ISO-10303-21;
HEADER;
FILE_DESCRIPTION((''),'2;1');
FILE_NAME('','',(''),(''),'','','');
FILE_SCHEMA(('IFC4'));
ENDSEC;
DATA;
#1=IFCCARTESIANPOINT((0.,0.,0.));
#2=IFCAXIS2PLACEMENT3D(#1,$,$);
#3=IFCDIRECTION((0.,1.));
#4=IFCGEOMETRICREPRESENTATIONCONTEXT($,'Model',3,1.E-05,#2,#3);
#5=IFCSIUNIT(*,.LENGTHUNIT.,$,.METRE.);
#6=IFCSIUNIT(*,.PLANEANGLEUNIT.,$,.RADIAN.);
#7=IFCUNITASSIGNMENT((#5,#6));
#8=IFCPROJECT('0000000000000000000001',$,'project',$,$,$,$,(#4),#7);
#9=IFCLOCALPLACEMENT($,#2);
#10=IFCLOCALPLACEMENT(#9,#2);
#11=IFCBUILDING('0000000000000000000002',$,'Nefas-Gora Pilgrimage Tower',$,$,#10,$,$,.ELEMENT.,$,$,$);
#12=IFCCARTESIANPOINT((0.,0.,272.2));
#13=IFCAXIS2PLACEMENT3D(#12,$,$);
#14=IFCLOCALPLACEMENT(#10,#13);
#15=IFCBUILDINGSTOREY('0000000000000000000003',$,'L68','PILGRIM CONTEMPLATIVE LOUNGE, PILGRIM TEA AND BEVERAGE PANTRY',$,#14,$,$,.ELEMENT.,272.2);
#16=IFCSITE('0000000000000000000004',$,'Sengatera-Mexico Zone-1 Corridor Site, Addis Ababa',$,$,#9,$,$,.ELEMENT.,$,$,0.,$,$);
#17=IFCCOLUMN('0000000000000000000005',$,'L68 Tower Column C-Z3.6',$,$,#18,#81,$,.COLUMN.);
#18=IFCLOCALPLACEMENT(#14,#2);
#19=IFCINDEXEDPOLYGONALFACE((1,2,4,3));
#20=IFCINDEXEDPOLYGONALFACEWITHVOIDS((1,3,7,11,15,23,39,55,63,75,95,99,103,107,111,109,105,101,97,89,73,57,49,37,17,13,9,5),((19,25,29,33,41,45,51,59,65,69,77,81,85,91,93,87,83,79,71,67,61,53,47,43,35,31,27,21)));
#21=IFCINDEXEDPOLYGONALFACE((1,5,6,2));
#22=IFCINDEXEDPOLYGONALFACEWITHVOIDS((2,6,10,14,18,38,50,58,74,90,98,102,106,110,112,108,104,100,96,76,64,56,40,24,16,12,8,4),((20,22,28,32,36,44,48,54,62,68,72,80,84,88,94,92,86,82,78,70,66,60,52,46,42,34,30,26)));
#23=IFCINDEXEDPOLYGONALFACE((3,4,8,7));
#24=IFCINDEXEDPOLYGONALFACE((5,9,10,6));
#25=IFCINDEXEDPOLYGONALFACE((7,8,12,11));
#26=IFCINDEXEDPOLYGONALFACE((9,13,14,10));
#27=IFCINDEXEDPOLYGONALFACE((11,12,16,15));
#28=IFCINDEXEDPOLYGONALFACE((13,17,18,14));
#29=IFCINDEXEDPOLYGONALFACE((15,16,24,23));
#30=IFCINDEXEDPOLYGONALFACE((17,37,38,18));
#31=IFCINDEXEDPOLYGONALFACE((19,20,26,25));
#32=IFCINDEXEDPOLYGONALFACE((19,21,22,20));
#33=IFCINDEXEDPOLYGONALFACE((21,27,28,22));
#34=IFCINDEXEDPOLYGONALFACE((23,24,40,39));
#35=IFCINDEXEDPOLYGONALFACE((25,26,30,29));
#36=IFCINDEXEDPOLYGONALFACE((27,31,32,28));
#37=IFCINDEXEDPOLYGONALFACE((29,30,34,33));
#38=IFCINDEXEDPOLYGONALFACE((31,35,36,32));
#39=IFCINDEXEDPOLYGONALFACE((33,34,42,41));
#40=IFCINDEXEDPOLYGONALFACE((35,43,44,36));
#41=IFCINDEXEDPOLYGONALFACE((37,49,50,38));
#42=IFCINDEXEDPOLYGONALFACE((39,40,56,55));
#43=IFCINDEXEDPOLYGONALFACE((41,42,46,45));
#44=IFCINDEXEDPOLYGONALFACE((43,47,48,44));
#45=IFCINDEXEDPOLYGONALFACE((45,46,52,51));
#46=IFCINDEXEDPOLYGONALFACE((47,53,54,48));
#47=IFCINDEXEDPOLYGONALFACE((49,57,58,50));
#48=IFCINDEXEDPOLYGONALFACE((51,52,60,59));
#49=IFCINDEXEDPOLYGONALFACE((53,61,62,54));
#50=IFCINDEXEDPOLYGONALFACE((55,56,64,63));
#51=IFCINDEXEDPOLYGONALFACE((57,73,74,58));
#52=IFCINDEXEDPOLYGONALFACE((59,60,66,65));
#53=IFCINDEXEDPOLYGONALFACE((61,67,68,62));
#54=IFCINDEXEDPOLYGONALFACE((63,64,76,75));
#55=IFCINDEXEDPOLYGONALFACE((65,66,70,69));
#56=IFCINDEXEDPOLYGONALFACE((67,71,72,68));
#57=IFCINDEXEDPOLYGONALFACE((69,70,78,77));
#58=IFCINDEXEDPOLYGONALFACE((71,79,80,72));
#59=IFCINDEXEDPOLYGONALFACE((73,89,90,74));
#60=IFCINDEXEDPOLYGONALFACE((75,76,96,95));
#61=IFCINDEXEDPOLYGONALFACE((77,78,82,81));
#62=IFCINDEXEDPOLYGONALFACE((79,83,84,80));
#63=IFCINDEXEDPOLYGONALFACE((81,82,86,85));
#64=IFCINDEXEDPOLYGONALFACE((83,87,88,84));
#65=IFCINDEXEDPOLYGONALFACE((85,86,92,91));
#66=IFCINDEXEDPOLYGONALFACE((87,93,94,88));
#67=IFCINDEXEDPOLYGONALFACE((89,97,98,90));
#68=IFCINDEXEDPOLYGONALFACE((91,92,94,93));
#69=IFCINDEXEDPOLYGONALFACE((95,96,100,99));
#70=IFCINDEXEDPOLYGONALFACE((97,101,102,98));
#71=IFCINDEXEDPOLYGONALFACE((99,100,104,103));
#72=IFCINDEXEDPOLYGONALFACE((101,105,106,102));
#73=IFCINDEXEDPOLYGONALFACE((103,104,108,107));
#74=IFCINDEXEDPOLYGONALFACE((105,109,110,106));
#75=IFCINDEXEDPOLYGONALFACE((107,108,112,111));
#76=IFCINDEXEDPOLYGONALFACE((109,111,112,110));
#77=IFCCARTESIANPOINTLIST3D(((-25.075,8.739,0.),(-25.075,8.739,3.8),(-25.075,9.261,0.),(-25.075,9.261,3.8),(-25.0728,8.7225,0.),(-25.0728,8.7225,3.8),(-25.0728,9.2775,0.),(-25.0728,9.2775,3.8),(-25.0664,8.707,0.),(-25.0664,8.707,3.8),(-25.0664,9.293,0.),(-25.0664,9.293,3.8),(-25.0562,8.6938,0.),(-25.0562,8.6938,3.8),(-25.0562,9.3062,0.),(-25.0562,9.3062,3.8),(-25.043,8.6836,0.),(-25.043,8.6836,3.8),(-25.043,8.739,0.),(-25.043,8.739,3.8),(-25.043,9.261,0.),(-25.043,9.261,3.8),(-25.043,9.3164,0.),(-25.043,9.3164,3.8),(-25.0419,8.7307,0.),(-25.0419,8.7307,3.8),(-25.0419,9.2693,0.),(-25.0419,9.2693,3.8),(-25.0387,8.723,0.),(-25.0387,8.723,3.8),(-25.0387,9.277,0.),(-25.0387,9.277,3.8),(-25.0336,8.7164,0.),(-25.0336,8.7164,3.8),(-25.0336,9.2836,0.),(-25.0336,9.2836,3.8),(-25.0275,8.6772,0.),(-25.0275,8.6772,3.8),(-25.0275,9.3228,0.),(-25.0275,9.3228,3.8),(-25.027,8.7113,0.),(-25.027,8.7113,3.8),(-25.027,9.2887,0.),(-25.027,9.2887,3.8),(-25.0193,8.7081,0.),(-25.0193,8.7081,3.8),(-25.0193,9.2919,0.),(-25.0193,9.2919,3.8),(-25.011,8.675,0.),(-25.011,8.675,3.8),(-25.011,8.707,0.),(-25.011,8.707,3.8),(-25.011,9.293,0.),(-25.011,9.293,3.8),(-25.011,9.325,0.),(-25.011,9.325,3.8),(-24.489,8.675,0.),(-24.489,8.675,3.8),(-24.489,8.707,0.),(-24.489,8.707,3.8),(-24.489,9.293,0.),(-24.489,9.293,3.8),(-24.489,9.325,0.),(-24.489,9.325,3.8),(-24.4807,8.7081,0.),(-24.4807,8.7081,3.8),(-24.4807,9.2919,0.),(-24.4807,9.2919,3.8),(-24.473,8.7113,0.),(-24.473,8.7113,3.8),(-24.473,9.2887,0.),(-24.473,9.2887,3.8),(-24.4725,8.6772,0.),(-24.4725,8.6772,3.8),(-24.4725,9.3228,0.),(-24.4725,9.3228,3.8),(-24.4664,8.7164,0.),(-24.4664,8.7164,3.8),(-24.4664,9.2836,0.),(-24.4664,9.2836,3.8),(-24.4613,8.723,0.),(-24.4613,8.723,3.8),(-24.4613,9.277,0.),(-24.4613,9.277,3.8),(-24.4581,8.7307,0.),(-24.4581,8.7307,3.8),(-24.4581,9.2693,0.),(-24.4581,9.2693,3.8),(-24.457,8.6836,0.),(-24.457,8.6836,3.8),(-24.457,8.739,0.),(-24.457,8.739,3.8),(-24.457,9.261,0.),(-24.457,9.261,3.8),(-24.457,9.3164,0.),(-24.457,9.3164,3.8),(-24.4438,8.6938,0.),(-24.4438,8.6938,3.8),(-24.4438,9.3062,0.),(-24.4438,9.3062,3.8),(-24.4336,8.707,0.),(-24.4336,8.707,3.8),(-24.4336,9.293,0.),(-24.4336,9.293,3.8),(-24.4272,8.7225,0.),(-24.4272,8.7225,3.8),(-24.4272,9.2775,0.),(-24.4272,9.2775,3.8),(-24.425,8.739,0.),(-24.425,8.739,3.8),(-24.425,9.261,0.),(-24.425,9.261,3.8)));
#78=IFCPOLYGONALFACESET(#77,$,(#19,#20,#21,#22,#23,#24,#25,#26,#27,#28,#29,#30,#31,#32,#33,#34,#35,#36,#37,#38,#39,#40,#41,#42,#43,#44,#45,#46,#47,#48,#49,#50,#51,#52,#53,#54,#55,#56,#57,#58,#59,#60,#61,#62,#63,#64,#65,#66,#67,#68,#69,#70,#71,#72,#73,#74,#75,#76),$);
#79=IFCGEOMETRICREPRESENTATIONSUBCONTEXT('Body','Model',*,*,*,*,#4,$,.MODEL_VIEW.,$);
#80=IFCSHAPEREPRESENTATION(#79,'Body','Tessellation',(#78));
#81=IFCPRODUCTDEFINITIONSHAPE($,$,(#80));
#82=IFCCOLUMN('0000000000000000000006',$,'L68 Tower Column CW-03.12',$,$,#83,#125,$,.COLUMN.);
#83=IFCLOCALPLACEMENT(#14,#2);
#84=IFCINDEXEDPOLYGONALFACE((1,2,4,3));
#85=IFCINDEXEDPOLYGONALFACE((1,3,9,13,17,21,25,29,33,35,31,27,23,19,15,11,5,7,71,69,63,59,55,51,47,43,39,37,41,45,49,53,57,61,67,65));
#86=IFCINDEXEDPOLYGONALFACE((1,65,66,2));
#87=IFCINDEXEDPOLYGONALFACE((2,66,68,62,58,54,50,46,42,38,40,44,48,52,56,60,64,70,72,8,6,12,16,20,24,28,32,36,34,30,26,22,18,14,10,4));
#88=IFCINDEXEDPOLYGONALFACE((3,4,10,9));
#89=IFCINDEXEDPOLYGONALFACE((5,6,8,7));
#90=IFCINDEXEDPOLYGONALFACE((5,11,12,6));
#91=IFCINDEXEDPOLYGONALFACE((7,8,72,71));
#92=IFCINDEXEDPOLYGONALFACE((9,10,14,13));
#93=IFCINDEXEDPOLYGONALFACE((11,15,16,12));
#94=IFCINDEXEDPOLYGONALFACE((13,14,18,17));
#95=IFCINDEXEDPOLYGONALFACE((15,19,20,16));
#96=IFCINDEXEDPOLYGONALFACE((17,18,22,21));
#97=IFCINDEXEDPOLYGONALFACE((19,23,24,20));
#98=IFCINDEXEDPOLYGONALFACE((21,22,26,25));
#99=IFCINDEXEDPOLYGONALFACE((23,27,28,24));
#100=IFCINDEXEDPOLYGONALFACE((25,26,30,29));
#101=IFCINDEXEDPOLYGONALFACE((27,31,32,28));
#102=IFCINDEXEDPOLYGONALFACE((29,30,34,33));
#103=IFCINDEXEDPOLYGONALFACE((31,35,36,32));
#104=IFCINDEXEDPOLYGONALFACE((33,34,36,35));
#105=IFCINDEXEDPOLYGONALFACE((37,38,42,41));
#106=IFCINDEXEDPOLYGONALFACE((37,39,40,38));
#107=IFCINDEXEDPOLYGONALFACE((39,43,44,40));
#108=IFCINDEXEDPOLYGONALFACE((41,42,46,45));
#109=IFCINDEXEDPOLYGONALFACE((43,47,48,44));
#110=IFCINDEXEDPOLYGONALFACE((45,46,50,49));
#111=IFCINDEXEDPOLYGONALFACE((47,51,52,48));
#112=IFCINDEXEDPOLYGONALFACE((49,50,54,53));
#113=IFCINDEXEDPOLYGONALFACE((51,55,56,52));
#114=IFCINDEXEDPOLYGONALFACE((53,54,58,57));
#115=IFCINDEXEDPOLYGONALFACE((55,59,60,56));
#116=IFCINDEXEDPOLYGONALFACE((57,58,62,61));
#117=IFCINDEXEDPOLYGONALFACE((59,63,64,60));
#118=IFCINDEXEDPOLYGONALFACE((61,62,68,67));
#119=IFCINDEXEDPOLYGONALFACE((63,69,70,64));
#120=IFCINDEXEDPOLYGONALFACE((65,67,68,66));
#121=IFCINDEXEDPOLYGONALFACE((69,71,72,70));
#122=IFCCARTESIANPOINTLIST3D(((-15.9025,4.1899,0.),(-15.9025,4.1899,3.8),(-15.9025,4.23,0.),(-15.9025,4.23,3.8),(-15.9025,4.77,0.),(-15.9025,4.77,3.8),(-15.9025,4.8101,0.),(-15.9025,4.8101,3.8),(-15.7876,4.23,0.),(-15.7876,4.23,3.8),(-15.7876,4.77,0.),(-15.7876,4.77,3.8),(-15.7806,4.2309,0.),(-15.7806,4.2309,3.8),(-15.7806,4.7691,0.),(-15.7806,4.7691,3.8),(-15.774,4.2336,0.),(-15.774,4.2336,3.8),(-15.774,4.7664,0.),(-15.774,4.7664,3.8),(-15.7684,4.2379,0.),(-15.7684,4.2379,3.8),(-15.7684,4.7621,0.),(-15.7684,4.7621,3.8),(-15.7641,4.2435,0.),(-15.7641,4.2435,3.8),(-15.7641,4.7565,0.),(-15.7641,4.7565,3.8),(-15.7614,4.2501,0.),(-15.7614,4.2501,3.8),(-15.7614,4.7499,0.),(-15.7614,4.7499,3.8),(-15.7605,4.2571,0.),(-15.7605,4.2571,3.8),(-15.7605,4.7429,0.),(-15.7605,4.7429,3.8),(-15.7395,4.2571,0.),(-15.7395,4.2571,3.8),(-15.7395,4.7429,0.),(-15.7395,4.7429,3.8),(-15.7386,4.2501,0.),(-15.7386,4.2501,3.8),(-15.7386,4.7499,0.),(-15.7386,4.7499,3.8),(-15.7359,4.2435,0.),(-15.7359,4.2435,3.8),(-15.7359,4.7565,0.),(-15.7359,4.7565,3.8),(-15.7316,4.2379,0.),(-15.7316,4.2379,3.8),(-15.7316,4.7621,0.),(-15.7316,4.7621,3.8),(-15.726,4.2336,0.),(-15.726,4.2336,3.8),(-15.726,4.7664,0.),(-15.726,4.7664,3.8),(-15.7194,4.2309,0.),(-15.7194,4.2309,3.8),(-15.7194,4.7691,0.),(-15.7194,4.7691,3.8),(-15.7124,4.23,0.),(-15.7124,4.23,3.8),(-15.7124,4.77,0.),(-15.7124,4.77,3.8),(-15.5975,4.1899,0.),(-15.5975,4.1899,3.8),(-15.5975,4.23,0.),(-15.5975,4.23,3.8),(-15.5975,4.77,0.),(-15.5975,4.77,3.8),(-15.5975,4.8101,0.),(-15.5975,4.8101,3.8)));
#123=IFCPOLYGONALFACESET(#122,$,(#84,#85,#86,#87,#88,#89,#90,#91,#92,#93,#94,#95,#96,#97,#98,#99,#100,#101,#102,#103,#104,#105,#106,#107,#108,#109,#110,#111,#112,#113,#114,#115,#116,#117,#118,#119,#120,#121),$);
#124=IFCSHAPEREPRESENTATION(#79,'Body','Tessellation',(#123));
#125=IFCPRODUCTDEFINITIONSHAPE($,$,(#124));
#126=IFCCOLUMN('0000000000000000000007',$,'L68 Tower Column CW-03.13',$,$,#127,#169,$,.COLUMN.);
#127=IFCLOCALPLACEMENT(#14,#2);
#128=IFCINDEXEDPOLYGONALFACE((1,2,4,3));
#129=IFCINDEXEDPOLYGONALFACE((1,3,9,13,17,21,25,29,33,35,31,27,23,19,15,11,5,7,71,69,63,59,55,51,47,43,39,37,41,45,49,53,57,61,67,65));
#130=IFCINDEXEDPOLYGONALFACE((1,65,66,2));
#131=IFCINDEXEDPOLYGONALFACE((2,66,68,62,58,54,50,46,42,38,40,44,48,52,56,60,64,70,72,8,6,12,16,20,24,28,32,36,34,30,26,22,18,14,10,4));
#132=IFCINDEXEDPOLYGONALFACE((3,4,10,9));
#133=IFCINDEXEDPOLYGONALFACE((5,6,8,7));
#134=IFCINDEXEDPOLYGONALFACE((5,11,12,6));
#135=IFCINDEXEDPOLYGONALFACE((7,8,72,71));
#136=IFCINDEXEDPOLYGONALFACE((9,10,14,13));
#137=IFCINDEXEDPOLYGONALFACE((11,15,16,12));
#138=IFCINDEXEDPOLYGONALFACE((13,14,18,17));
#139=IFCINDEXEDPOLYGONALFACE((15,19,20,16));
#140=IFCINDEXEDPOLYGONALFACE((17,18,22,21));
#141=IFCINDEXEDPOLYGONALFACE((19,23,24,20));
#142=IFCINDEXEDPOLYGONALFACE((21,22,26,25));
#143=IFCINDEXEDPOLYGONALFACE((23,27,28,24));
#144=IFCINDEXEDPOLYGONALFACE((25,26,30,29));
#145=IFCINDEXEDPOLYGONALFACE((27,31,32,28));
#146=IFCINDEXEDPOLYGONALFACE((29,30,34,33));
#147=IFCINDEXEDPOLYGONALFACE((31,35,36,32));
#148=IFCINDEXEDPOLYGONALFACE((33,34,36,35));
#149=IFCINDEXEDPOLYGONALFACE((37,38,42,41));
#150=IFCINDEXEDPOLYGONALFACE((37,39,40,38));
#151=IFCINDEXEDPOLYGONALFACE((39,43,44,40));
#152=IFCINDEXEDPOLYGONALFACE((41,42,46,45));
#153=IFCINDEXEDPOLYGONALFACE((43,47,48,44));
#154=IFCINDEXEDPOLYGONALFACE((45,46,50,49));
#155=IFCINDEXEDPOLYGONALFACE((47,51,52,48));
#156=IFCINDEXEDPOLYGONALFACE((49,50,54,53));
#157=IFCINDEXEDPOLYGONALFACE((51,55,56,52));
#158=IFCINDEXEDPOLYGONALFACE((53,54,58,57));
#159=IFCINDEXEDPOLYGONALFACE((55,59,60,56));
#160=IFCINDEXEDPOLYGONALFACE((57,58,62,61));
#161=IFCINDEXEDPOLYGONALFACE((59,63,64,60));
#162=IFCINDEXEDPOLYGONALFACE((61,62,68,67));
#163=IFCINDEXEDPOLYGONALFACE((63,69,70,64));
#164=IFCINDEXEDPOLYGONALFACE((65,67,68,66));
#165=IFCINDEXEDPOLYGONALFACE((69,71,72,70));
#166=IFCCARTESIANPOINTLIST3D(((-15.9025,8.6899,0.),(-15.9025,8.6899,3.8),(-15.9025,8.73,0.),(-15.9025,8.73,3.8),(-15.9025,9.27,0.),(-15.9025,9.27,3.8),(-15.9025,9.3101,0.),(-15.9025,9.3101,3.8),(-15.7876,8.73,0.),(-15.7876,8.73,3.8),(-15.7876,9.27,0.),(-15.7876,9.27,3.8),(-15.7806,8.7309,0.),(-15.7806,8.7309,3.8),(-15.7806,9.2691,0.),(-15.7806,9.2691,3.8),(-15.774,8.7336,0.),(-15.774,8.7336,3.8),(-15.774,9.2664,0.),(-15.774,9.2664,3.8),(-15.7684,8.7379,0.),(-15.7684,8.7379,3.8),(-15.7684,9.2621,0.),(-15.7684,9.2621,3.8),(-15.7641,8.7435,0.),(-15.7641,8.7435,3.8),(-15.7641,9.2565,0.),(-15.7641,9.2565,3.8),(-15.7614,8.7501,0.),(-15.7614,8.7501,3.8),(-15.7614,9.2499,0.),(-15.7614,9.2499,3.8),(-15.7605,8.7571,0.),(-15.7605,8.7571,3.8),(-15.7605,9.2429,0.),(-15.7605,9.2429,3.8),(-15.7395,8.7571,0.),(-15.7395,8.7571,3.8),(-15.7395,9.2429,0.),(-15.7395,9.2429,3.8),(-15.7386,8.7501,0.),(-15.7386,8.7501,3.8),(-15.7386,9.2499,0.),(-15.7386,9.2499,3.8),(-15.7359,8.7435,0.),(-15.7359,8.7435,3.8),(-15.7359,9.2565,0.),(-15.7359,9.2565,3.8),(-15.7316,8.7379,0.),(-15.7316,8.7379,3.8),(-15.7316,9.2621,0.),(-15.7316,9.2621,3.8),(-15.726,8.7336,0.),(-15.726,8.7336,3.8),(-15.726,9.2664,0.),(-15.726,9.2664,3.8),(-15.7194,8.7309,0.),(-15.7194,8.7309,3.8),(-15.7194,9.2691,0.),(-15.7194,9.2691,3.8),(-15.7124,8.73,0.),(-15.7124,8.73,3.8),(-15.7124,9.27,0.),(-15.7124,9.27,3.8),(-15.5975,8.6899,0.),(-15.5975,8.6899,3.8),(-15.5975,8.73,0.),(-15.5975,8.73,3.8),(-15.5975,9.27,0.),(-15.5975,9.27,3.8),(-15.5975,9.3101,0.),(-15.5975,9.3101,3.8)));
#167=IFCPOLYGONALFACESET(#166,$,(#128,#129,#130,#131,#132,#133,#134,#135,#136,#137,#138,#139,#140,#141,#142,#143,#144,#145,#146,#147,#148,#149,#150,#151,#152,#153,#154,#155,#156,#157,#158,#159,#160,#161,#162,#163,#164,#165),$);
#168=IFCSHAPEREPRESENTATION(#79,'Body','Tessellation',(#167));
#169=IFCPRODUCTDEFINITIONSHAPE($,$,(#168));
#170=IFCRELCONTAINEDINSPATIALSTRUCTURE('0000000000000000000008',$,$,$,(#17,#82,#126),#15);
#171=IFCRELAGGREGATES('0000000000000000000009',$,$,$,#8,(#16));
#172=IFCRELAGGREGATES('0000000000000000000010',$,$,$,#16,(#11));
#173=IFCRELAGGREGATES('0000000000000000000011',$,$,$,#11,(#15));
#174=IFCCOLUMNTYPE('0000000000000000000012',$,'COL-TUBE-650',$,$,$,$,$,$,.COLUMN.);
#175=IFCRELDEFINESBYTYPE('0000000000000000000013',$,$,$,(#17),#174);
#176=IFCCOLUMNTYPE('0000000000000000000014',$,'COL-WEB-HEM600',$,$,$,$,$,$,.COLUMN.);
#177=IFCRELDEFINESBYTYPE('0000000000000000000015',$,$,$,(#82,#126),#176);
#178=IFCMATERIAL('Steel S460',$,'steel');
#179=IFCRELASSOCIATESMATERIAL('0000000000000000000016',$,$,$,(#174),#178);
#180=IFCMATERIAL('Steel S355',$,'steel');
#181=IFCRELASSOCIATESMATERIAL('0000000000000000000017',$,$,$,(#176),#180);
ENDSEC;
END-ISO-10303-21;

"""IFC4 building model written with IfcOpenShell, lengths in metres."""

from ifc_helpers import new_model, si_unit, direction, frame, origin, origin_2d, place, context, subcontext, project, spatial, hollow_rectangle, i_section, extrude, source, transform, mapped, material, material_profile, profile_set, type_object, element, save


model = new_model("IFC4")

# Units and contexts
model_context = context("Model", 3, precision=1e-05, world=origin(), true_north=direction((0.0, 1.0)))
body_context = subcontext(model_context, "Body", "Model", "MODEL_VIEW")
ifc_project = project(units=[si_unit("LENGTHUNIT", "METRE"), si_unit("PLANEANGLEUNIT", "RADIAN")], contexts=[model_context])

# Site, building, storey
site_placement = place(None, origin())
site = spatial("IfcSite", under=ifc_project, at=site_placement, Name="Sengatera-Mexico Zone-1 Corridor Site, Addis Ababa", CompositionType="ELEMENT", RefElevation=0.0)
building_placement = place(site_placement, origin())
building = spatial("IfcBuilding", under=site, at=building_placement, Name="Nefas-Gora Pilgrimage Tower", CompositionType="ELEMENT")
storey_placement = place(building_placement, frame((0.0, 0.0, 272.2)))
storey = spatial("IfcBuildingStorey", under=building, at=storey_placement, Name="L68", Description="PILGRIM CONTEMPLATIVE LOUNGE, PILGRIM TEA AND BEVERAGE PANTRY", CompositionType="ELEMENT", Elevation=272.2)

# Columns
ifc_material_1 = material(Name="Steel S460", Category="steel")
ifc_material_profile_1 = material_profile(ifc_material_1, hollow_rectangle(XDim=0.6499, YDim=0.6499, WallThickness=0.032, InnerFilletRadius=0.032, OuterFilletRadius=0.064, at=origin_2d()), Name="BOX 650x650x32")
ifc_profile_set_1 = profile_set([ifc_material_profile_1], Name="Steel S460")
column_type_1 = type_object("IfcColumnType", Name="COL-TUBE-650", PredefinedType="COLUMN", material=ifc_profile_set_1)
shared_shape_1 = source(origin(), body_context, "Body", "SweptSolid", [
    extrude(hollow_rectangle(XDim=0.6499, YDim=0.6499, WallThickness=0.032, InnerFilletRadius=0.032, OuterFilletRadius=0.064, at=origin_2d()), origin(), (0.0, 0.0, 1.0), 3.8),
])
for number, where, z_axis, x_axis, name in (
    (1, (-24.75, 9.0, 0.0), (0.0, 0.0, 1.0), (1.0, 0.0, 0.0), "L68 Tower Column C-Z3.6"),
):
    element("IfcColumn", number, at=place(storey_placement, frame(where, z_axis=z_axis, x_axis=x_axis)), inside=storey, type_object=column_type_1, Name=name, PredefinedType="COLUMN", context=body_context, shape_type="MappedRepresentation", body=[
        mapped(shared_shape_1, transform((0.0, 0.0, 0.0), x_axis=(1.0, 0.0, 0.0), y_axis=(0.0, 1.0, 0.0), z_axis=(0.0, 0.0, 1.0), scale=1.0)),
    ])
ifc_material_2 = material(Name="Steel S355", Category="steel")
ifc_material_profile_2 = material_profile(ifc_material_2, i_section(OverallWidth=0.3049, OverallDepth=0.6201, WebThickness=0.021, FlangeThickness=0.04, FilletRadius=0.0271, at=origin_2d()), Name="HEM 600")
ifc_profile_set_2 = profile_set([ifc_material_profile_2], Name="Steel S355")
column_type_2 = type_object("IfcColumnType", Name="COL-WEB-HEM600", PredefinedType="COLUMN", material=ifc_profile_set_2)
shared_shape_2 = source(origin(), body_context, "Body", "SweptSolid", [
    extrude(i_section(OverallWidth=0.3049, OverallDepth=0.6201, WebThickness=0.021, FlangeThickness=0.04, FilletRadius=0.0271, at=origin_2d()), origin(), (0.0, 0.0, 1.0), 3.8),
])
for number, where, z_axis, x_axis, name in (
    (2, (-15.75, 4.5, 0.0), (0.0, 0.0, 1.0), (1.0, 0.0, 0.0), "L68 Tower Column CW-03.12"),
    (3, (-15.75, 9.0, 0.0), (0.0, 0.0, 1.0), (1.0, 0.0, 0.0), "L68 Tower Column CW-03.13"),
):
    element("IfcColumn", number, at=place(storey_placement, frame(where, z_axis=z_axis, x_axis=x_axis)), inside=storey, type_object=column_type_2, Name=name, PredefinedType="COLUMN", context=body_context, shape_type="MappedRepresentation", body=[
        mapped(shared_shape_2, transform((0.0, 0.0, 0.0), x_axis=(1.0, 0.0, 0.0), y_axis=(0.0, 1.0, 0.0), z_axis=(0.0, 0.0, 1.0), scale=1.0)),
    ])

save(model, "model.ifc")
